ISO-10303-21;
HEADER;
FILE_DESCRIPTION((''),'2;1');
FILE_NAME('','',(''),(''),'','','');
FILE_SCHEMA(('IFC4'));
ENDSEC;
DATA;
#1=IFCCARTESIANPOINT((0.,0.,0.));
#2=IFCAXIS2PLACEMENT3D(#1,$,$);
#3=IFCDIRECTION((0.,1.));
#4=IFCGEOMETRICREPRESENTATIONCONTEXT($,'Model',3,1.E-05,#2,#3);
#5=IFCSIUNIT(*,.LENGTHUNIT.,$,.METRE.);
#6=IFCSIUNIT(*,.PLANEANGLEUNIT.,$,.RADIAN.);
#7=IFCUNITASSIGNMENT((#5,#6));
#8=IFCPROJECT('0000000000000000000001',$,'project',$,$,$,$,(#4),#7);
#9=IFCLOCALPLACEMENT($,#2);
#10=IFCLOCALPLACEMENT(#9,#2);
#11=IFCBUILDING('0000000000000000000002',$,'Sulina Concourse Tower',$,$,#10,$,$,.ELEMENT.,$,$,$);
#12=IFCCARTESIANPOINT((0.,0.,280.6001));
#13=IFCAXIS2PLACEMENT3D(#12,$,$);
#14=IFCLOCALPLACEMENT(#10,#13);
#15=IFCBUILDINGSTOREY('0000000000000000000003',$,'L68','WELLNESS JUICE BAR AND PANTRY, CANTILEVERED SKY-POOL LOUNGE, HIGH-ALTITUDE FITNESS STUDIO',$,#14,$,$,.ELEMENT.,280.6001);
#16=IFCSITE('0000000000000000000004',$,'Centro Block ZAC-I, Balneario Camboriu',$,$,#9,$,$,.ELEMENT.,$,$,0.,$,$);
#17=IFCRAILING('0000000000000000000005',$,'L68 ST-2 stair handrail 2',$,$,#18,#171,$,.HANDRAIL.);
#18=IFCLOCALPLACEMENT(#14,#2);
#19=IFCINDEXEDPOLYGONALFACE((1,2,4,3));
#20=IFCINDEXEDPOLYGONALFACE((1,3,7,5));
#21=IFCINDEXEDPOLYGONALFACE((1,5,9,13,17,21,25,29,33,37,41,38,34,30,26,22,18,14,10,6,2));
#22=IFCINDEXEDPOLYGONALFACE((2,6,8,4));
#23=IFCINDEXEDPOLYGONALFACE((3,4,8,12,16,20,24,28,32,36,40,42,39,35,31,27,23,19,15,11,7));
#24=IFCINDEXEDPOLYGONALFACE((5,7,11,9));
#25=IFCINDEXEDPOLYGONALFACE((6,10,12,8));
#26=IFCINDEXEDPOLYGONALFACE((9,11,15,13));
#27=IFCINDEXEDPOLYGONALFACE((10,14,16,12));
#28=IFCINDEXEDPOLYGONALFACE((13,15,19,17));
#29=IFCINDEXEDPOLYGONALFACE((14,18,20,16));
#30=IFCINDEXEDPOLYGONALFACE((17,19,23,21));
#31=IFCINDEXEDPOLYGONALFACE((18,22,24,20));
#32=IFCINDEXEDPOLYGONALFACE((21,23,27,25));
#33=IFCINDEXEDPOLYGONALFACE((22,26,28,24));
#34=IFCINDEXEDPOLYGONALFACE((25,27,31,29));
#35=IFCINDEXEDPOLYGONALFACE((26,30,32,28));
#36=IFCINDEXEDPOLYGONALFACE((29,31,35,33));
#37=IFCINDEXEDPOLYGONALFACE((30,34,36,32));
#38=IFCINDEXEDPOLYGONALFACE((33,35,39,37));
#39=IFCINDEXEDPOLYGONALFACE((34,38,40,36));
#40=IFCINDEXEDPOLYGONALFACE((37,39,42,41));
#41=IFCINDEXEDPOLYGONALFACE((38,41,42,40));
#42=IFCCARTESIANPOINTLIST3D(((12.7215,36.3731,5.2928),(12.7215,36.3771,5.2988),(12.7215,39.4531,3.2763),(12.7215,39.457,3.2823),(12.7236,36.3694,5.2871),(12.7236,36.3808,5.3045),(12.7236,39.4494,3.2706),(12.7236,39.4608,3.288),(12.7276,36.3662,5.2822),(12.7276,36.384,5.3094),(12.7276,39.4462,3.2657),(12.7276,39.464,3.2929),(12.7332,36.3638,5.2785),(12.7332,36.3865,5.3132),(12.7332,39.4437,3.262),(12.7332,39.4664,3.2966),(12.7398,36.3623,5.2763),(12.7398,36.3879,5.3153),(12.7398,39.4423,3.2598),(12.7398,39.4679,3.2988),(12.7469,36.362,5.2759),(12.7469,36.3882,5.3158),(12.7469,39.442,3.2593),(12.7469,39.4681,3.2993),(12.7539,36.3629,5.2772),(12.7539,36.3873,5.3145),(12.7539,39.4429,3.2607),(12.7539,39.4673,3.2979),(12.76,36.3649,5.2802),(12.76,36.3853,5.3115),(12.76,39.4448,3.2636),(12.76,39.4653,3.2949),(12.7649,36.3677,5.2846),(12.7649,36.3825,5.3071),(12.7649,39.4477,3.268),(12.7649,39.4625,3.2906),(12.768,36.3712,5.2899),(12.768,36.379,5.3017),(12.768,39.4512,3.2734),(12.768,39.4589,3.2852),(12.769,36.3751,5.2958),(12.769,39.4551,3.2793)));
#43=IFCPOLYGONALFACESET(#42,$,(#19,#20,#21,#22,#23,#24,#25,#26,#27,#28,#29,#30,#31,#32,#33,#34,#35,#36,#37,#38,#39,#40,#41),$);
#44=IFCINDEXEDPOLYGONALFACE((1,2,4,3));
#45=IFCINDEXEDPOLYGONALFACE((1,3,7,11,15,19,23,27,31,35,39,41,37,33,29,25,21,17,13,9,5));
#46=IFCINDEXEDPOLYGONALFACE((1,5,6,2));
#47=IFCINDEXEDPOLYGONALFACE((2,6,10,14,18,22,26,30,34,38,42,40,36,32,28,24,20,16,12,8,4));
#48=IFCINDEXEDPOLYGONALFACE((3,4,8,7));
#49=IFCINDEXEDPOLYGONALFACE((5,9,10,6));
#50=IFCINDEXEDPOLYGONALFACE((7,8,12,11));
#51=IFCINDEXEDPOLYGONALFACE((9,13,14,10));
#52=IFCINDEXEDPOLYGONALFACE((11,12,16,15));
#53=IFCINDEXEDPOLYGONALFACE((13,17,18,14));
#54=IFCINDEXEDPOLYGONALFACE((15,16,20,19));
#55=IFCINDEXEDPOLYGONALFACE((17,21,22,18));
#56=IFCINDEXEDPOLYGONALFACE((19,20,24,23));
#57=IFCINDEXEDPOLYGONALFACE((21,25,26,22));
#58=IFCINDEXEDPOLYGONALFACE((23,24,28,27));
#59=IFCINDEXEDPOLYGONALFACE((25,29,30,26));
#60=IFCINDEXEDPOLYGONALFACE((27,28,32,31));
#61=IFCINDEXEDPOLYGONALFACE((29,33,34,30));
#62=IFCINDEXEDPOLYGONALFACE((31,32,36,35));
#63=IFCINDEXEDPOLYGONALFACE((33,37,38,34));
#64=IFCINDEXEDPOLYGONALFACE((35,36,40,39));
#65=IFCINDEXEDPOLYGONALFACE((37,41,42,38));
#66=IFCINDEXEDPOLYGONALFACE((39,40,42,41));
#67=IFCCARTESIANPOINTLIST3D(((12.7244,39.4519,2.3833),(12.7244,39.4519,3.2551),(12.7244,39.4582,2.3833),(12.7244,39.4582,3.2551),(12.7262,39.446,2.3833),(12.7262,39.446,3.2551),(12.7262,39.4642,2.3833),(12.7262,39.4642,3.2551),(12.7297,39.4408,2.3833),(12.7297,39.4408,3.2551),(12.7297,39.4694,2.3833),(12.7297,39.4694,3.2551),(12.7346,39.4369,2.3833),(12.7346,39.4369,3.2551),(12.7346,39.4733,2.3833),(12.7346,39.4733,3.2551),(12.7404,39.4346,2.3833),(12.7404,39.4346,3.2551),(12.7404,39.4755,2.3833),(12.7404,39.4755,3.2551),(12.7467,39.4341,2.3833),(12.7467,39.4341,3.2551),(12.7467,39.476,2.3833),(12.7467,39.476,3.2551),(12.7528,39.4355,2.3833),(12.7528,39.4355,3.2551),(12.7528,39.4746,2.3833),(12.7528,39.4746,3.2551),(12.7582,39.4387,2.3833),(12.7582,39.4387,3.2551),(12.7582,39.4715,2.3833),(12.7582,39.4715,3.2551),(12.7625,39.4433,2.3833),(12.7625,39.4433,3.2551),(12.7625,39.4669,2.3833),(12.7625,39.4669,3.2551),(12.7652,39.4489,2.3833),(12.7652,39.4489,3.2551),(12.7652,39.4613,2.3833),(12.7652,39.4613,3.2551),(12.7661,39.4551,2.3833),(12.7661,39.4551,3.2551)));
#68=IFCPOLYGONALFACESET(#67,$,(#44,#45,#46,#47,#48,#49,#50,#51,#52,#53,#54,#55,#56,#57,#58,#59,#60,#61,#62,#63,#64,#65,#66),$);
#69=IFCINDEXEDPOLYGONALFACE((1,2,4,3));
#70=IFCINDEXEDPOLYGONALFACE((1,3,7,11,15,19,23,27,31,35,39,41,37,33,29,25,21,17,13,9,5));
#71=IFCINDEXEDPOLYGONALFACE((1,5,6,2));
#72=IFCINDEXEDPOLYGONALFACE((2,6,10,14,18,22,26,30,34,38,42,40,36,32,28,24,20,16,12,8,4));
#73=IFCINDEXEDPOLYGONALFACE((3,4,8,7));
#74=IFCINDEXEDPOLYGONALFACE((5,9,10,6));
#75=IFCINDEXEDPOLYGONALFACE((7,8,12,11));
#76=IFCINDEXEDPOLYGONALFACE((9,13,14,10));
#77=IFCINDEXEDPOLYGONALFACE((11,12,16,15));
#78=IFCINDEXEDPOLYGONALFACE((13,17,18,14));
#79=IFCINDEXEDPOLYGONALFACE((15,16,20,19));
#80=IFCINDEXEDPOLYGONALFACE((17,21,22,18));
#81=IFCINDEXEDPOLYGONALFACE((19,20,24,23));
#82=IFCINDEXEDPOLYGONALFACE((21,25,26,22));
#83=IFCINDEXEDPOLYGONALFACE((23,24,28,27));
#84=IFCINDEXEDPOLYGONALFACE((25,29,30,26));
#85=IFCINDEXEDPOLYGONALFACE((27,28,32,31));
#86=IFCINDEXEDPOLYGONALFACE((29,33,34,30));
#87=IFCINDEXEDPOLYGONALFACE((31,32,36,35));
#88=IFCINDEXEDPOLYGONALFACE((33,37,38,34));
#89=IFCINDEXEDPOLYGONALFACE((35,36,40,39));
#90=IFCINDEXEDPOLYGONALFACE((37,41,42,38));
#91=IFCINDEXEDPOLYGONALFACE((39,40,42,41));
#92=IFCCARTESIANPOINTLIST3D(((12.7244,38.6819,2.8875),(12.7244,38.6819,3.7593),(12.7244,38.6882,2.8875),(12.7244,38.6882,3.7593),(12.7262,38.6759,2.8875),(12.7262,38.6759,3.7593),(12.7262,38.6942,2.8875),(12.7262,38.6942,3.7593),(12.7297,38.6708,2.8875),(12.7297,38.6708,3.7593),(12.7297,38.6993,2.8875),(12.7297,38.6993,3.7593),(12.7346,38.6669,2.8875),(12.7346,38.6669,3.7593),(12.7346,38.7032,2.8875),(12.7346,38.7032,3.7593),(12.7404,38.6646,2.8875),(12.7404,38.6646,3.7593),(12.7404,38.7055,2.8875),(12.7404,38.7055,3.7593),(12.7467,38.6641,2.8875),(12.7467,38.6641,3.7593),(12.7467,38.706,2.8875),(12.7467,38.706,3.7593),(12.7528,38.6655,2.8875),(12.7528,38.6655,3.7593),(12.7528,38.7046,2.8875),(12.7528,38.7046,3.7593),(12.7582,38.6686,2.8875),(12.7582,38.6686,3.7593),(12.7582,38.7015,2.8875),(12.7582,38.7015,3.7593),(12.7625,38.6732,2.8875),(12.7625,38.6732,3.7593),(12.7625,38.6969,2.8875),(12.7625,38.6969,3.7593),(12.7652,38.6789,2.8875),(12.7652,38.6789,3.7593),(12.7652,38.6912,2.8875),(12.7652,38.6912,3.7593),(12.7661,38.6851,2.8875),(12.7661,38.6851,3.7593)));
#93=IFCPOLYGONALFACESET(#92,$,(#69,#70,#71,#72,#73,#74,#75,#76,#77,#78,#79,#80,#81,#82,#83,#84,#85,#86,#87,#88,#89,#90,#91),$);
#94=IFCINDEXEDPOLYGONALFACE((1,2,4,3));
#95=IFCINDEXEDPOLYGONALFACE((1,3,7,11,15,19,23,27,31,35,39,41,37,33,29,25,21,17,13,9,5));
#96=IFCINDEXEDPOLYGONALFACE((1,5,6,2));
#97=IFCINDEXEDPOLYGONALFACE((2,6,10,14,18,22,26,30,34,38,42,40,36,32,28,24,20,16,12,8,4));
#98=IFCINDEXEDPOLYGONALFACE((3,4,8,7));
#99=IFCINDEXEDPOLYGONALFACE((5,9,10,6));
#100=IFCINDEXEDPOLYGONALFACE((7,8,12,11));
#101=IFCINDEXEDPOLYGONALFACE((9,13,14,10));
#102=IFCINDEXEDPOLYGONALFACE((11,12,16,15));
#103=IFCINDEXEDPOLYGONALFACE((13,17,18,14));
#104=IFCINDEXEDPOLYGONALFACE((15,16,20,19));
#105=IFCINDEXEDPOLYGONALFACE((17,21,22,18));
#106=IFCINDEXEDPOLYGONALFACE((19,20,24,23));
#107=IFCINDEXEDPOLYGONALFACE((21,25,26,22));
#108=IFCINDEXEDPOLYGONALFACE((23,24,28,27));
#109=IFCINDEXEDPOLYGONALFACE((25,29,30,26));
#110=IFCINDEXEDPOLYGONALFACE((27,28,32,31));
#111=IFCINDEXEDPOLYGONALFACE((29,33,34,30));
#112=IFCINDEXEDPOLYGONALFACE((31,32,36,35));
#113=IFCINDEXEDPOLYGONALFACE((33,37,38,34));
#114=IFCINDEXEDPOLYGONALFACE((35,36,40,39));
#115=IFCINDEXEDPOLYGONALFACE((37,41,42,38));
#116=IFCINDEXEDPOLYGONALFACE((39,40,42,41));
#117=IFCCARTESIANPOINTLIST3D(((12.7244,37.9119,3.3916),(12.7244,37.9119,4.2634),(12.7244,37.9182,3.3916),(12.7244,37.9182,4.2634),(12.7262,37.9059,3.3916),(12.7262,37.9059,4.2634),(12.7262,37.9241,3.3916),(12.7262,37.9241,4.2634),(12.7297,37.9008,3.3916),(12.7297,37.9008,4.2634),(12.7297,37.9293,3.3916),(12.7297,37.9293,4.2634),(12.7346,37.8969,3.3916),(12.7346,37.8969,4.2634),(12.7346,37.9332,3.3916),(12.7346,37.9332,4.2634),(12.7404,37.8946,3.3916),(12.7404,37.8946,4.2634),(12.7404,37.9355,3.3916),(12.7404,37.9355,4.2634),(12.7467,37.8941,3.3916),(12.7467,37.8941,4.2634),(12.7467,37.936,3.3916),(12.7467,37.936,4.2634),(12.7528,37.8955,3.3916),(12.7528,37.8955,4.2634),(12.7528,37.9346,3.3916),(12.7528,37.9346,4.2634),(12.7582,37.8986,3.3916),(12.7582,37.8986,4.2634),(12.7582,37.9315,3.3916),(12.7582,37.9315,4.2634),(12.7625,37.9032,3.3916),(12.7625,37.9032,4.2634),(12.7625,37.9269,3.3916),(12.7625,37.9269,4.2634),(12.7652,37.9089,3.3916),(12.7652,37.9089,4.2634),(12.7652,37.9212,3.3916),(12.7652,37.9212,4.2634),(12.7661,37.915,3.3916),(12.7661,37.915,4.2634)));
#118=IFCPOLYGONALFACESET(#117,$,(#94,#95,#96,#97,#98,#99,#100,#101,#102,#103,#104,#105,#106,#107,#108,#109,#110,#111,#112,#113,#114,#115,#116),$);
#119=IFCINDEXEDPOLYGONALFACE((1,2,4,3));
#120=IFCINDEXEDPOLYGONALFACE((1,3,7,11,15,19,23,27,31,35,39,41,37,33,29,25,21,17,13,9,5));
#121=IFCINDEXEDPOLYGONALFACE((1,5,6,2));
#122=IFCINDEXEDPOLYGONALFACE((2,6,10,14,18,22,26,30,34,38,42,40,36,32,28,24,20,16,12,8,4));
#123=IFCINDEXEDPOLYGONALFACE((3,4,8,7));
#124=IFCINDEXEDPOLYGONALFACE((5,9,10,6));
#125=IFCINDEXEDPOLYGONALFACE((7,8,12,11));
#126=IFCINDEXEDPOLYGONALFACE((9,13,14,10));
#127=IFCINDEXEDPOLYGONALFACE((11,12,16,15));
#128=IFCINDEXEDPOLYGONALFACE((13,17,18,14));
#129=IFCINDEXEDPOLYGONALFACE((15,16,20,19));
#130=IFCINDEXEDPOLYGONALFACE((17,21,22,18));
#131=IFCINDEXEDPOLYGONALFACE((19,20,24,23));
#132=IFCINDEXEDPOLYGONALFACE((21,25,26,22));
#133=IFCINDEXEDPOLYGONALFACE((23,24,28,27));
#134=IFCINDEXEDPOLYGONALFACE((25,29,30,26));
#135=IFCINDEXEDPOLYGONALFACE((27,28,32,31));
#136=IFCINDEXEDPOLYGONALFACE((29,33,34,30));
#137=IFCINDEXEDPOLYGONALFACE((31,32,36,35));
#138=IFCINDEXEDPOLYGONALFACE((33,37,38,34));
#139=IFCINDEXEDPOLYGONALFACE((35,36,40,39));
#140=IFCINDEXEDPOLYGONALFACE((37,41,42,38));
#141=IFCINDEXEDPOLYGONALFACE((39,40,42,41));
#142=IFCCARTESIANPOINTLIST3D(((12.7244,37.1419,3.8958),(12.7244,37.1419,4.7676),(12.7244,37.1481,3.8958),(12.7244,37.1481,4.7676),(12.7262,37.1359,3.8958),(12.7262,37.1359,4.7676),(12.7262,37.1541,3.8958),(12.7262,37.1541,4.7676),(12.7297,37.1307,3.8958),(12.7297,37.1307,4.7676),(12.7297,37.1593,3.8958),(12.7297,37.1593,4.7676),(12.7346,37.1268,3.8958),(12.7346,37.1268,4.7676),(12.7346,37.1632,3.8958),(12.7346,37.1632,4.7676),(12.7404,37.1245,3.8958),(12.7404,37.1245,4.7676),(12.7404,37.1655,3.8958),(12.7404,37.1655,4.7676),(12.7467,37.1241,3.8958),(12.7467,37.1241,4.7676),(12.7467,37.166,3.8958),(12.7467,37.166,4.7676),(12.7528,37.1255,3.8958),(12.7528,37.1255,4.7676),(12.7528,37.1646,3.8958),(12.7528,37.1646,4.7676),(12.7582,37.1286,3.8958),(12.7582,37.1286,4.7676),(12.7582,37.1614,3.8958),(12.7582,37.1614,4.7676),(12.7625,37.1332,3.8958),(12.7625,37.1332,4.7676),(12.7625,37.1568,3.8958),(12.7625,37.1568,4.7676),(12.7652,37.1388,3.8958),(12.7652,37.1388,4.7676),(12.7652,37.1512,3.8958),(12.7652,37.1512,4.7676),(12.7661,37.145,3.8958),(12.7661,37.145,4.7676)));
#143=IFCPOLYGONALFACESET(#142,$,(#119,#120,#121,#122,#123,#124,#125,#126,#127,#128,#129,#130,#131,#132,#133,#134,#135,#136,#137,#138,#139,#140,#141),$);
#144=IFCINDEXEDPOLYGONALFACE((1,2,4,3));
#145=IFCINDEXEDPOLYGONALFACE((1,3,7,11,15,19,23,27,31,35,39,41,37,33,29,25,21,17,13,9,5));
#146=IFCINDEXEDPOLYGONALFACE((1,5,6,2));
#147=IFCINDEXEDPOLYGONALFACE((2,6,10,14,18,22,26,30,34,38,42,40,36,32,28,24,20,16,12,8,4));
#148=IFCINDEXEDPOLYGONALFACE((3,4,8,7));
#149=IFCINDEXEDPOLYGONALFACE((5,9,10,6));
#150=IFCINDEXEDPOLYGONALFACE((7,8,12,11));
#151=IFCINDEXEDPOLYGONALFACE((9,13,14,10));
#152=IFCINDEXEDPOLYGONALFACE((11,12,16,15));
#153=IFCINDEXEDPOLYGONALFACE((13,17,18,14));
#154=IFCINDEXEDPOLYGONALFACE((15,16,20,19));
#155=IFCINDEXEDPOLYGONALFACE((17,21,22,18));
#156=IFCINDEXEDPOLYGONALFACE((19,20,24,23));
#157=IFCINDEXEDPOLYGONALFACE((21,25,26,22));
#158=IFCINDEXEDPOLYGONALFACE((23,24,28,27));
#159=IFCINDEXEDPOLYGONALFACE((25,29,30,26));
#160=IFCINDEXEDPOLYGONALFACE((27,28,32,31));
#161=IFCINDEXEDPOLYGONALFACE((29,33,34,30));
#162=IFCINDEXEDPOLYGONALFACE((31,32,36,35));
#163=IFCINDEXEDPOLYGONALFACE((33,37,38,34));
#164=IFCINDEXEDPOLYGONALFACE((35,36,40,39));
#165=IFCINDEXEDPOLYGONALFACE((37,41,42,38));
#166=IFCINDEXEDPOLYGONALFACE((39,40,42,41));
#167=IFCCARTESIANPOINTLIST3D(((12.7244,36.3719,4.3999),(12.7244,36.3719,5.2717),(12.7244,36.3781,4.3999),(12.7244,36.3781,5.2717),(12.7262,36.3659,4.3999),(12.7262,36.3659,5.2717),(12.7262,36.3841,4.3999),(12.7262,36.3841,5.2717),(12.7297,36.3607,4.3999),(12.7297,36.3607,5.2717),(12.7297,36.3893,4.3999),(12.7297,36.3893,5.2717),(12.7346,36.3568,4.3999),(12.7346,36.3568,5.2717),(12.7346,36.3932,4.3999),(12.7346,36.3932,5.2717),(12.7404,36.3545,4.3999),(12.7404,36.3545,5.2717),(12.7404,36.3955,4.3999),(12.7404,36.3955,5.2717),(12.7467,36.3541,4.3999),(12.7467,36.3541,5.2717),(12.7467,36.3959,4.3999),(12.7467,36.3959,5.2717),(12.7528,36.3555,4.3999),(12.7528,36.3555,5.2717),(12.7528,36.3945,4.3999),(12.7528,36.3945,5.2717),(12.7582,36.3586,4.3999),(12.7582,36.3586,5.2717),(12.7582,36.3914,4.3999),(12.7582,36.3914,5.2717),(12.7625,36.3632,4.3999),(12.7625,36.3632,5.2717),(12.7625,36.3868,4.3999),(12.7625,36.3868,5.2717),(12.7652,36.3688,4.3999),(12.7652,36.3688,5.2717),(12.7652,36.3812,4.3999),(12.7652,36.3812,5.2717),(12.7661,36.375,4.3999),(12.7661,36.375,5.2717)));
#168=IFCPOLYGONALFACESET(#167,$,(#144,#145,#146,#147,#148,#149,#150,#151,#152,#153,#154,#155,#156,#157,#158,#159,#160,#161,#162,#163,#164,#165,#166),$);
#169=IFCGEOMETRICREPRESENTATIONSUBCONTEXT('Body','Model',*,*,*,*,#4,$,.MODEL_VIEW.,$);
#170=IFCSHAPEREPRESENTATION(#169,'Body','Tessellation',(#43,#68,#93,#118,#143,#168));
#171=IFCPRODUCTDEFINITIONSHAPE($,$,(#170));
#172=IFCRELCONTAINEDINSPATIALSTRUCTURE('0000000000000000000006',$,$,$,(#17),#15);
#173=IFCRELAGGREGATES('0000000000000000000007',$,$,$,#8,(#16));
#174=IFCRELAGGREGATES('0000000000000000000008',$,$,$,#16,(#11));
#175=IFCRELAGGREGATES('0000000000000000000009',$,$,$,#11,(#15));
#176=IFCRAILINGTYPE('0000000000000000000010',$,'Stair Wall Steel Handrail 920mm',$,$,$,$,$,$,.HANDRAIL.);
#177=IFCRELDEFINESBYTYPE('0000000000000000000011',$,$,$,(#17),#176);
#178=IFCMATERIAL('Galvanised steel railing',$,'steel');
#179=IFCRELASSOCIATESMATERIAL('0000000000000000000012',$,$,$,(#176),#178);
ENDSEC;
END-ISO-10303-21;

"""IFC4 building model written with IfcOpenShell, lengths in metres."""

from ifc_helpers import new_model, si_unit, direction, frame, origin, origin_2d, place, context, subcontext, project, spatial, circle, extrude, material, type_object, element, save


model = new_model("IFC4")

# Units and contexts
model_context = context("Model", 3, precision=1e-05, world=origin(), true_north=direction((0.0, 1.0)))
body_context = subcontext(model_context, "Body", "Model", "MODEL_VIEW")
ifc_project = project(units=[si_unit("LENGTHUNIT", "METRE"), si_unit("PLANEANGLEUNIT", "RADIAN")], contexts=[model_context])

# Site, building, storey
site_placement = place(None, origin())
site = spatial("IfcSite", under=ifc_project, at=site_placement, Name="Centro Block ZAC-I, Balneario Camboriu", CompositionType="ELEMENT", RefElevation=0.0)
building_placement = place(site_placement, origin())
building = spatial("IfcBuilding", under=site, at=building_placement, Name="Sulina Concourse Tower", CompositionType="ELEMENT")
storey_placement = place(building_placement, frame((0.0, 0.0, 280.6001)))
storey = spatial("IfcBuildingStorey", under=building, at=storey_placement, Name="L68", Description="WELLNESS JUICE BAR AND PANTRY, CANTILEVERED SKY-POOL LOUNGE, HIGH-ALTITUDE FITNESS STUDIO", CompositionType="ELEMENT", Elevation=280.6001)

# Railing
ifc_material_1 = material(Name="Galvanised steel railing", Category="steel")
railing_type_1 = type_object("IfcRailingType", Name="Stair Wall Steel Handrail 920mm", PredefinedType="HANDRAIL", material=ifc_material_1)
railing_1_placement = place(storey_placement, frame((12.7451, 39.4551, 2.3833)))
element("IfcRailing", 1, at=railing_1_placement, inside=storey, type_object=railing_type_1, Name="L68 ST-2 stair handrail 2", PredefinedType="HANDRAIL", context=body_context, shape_type="SweptSolid", body=[
    extrude(circle(Radius=0.0239, at=origin_2d()), frame((0.0, 0.0, 0.896), z_axis=(0.0, -0.836633, 0.547764), x_axis=(1.0, 0.0, 0.0)), (0.0, 0.0, 1.0), 3.6814),
    extrude(circle(Radius=0.021, at=origin_2d()), origin(), (0.0, 0.0, 1.0), 0.8718),
    extrude(circle(Radius=0.021, at=origin_2d()), frame((0.0, -0.77, 0.5042)), (0.0, 0.0, 1.0), 0.8718),
    extrude(circle(Radius=0.021, at=origin_2d()), frame((0.0, -1.54, 1.0083)), (0.0, 0.0, 1.0), 0.8718),
    extrude(circle(Radius=0.021, at=origin_2d()), frame((0.0, -2.3101, 1.5125)), (0.0, 0.0, 1.0), 0.8718),
    extrude(circle(Radius=0.021, at=origin_2d()), frame((0.0, -3.0801, 2.0166)), (0.0, 0.0, 1.0), 0.8718),
])

save(model, "model.ifc")
